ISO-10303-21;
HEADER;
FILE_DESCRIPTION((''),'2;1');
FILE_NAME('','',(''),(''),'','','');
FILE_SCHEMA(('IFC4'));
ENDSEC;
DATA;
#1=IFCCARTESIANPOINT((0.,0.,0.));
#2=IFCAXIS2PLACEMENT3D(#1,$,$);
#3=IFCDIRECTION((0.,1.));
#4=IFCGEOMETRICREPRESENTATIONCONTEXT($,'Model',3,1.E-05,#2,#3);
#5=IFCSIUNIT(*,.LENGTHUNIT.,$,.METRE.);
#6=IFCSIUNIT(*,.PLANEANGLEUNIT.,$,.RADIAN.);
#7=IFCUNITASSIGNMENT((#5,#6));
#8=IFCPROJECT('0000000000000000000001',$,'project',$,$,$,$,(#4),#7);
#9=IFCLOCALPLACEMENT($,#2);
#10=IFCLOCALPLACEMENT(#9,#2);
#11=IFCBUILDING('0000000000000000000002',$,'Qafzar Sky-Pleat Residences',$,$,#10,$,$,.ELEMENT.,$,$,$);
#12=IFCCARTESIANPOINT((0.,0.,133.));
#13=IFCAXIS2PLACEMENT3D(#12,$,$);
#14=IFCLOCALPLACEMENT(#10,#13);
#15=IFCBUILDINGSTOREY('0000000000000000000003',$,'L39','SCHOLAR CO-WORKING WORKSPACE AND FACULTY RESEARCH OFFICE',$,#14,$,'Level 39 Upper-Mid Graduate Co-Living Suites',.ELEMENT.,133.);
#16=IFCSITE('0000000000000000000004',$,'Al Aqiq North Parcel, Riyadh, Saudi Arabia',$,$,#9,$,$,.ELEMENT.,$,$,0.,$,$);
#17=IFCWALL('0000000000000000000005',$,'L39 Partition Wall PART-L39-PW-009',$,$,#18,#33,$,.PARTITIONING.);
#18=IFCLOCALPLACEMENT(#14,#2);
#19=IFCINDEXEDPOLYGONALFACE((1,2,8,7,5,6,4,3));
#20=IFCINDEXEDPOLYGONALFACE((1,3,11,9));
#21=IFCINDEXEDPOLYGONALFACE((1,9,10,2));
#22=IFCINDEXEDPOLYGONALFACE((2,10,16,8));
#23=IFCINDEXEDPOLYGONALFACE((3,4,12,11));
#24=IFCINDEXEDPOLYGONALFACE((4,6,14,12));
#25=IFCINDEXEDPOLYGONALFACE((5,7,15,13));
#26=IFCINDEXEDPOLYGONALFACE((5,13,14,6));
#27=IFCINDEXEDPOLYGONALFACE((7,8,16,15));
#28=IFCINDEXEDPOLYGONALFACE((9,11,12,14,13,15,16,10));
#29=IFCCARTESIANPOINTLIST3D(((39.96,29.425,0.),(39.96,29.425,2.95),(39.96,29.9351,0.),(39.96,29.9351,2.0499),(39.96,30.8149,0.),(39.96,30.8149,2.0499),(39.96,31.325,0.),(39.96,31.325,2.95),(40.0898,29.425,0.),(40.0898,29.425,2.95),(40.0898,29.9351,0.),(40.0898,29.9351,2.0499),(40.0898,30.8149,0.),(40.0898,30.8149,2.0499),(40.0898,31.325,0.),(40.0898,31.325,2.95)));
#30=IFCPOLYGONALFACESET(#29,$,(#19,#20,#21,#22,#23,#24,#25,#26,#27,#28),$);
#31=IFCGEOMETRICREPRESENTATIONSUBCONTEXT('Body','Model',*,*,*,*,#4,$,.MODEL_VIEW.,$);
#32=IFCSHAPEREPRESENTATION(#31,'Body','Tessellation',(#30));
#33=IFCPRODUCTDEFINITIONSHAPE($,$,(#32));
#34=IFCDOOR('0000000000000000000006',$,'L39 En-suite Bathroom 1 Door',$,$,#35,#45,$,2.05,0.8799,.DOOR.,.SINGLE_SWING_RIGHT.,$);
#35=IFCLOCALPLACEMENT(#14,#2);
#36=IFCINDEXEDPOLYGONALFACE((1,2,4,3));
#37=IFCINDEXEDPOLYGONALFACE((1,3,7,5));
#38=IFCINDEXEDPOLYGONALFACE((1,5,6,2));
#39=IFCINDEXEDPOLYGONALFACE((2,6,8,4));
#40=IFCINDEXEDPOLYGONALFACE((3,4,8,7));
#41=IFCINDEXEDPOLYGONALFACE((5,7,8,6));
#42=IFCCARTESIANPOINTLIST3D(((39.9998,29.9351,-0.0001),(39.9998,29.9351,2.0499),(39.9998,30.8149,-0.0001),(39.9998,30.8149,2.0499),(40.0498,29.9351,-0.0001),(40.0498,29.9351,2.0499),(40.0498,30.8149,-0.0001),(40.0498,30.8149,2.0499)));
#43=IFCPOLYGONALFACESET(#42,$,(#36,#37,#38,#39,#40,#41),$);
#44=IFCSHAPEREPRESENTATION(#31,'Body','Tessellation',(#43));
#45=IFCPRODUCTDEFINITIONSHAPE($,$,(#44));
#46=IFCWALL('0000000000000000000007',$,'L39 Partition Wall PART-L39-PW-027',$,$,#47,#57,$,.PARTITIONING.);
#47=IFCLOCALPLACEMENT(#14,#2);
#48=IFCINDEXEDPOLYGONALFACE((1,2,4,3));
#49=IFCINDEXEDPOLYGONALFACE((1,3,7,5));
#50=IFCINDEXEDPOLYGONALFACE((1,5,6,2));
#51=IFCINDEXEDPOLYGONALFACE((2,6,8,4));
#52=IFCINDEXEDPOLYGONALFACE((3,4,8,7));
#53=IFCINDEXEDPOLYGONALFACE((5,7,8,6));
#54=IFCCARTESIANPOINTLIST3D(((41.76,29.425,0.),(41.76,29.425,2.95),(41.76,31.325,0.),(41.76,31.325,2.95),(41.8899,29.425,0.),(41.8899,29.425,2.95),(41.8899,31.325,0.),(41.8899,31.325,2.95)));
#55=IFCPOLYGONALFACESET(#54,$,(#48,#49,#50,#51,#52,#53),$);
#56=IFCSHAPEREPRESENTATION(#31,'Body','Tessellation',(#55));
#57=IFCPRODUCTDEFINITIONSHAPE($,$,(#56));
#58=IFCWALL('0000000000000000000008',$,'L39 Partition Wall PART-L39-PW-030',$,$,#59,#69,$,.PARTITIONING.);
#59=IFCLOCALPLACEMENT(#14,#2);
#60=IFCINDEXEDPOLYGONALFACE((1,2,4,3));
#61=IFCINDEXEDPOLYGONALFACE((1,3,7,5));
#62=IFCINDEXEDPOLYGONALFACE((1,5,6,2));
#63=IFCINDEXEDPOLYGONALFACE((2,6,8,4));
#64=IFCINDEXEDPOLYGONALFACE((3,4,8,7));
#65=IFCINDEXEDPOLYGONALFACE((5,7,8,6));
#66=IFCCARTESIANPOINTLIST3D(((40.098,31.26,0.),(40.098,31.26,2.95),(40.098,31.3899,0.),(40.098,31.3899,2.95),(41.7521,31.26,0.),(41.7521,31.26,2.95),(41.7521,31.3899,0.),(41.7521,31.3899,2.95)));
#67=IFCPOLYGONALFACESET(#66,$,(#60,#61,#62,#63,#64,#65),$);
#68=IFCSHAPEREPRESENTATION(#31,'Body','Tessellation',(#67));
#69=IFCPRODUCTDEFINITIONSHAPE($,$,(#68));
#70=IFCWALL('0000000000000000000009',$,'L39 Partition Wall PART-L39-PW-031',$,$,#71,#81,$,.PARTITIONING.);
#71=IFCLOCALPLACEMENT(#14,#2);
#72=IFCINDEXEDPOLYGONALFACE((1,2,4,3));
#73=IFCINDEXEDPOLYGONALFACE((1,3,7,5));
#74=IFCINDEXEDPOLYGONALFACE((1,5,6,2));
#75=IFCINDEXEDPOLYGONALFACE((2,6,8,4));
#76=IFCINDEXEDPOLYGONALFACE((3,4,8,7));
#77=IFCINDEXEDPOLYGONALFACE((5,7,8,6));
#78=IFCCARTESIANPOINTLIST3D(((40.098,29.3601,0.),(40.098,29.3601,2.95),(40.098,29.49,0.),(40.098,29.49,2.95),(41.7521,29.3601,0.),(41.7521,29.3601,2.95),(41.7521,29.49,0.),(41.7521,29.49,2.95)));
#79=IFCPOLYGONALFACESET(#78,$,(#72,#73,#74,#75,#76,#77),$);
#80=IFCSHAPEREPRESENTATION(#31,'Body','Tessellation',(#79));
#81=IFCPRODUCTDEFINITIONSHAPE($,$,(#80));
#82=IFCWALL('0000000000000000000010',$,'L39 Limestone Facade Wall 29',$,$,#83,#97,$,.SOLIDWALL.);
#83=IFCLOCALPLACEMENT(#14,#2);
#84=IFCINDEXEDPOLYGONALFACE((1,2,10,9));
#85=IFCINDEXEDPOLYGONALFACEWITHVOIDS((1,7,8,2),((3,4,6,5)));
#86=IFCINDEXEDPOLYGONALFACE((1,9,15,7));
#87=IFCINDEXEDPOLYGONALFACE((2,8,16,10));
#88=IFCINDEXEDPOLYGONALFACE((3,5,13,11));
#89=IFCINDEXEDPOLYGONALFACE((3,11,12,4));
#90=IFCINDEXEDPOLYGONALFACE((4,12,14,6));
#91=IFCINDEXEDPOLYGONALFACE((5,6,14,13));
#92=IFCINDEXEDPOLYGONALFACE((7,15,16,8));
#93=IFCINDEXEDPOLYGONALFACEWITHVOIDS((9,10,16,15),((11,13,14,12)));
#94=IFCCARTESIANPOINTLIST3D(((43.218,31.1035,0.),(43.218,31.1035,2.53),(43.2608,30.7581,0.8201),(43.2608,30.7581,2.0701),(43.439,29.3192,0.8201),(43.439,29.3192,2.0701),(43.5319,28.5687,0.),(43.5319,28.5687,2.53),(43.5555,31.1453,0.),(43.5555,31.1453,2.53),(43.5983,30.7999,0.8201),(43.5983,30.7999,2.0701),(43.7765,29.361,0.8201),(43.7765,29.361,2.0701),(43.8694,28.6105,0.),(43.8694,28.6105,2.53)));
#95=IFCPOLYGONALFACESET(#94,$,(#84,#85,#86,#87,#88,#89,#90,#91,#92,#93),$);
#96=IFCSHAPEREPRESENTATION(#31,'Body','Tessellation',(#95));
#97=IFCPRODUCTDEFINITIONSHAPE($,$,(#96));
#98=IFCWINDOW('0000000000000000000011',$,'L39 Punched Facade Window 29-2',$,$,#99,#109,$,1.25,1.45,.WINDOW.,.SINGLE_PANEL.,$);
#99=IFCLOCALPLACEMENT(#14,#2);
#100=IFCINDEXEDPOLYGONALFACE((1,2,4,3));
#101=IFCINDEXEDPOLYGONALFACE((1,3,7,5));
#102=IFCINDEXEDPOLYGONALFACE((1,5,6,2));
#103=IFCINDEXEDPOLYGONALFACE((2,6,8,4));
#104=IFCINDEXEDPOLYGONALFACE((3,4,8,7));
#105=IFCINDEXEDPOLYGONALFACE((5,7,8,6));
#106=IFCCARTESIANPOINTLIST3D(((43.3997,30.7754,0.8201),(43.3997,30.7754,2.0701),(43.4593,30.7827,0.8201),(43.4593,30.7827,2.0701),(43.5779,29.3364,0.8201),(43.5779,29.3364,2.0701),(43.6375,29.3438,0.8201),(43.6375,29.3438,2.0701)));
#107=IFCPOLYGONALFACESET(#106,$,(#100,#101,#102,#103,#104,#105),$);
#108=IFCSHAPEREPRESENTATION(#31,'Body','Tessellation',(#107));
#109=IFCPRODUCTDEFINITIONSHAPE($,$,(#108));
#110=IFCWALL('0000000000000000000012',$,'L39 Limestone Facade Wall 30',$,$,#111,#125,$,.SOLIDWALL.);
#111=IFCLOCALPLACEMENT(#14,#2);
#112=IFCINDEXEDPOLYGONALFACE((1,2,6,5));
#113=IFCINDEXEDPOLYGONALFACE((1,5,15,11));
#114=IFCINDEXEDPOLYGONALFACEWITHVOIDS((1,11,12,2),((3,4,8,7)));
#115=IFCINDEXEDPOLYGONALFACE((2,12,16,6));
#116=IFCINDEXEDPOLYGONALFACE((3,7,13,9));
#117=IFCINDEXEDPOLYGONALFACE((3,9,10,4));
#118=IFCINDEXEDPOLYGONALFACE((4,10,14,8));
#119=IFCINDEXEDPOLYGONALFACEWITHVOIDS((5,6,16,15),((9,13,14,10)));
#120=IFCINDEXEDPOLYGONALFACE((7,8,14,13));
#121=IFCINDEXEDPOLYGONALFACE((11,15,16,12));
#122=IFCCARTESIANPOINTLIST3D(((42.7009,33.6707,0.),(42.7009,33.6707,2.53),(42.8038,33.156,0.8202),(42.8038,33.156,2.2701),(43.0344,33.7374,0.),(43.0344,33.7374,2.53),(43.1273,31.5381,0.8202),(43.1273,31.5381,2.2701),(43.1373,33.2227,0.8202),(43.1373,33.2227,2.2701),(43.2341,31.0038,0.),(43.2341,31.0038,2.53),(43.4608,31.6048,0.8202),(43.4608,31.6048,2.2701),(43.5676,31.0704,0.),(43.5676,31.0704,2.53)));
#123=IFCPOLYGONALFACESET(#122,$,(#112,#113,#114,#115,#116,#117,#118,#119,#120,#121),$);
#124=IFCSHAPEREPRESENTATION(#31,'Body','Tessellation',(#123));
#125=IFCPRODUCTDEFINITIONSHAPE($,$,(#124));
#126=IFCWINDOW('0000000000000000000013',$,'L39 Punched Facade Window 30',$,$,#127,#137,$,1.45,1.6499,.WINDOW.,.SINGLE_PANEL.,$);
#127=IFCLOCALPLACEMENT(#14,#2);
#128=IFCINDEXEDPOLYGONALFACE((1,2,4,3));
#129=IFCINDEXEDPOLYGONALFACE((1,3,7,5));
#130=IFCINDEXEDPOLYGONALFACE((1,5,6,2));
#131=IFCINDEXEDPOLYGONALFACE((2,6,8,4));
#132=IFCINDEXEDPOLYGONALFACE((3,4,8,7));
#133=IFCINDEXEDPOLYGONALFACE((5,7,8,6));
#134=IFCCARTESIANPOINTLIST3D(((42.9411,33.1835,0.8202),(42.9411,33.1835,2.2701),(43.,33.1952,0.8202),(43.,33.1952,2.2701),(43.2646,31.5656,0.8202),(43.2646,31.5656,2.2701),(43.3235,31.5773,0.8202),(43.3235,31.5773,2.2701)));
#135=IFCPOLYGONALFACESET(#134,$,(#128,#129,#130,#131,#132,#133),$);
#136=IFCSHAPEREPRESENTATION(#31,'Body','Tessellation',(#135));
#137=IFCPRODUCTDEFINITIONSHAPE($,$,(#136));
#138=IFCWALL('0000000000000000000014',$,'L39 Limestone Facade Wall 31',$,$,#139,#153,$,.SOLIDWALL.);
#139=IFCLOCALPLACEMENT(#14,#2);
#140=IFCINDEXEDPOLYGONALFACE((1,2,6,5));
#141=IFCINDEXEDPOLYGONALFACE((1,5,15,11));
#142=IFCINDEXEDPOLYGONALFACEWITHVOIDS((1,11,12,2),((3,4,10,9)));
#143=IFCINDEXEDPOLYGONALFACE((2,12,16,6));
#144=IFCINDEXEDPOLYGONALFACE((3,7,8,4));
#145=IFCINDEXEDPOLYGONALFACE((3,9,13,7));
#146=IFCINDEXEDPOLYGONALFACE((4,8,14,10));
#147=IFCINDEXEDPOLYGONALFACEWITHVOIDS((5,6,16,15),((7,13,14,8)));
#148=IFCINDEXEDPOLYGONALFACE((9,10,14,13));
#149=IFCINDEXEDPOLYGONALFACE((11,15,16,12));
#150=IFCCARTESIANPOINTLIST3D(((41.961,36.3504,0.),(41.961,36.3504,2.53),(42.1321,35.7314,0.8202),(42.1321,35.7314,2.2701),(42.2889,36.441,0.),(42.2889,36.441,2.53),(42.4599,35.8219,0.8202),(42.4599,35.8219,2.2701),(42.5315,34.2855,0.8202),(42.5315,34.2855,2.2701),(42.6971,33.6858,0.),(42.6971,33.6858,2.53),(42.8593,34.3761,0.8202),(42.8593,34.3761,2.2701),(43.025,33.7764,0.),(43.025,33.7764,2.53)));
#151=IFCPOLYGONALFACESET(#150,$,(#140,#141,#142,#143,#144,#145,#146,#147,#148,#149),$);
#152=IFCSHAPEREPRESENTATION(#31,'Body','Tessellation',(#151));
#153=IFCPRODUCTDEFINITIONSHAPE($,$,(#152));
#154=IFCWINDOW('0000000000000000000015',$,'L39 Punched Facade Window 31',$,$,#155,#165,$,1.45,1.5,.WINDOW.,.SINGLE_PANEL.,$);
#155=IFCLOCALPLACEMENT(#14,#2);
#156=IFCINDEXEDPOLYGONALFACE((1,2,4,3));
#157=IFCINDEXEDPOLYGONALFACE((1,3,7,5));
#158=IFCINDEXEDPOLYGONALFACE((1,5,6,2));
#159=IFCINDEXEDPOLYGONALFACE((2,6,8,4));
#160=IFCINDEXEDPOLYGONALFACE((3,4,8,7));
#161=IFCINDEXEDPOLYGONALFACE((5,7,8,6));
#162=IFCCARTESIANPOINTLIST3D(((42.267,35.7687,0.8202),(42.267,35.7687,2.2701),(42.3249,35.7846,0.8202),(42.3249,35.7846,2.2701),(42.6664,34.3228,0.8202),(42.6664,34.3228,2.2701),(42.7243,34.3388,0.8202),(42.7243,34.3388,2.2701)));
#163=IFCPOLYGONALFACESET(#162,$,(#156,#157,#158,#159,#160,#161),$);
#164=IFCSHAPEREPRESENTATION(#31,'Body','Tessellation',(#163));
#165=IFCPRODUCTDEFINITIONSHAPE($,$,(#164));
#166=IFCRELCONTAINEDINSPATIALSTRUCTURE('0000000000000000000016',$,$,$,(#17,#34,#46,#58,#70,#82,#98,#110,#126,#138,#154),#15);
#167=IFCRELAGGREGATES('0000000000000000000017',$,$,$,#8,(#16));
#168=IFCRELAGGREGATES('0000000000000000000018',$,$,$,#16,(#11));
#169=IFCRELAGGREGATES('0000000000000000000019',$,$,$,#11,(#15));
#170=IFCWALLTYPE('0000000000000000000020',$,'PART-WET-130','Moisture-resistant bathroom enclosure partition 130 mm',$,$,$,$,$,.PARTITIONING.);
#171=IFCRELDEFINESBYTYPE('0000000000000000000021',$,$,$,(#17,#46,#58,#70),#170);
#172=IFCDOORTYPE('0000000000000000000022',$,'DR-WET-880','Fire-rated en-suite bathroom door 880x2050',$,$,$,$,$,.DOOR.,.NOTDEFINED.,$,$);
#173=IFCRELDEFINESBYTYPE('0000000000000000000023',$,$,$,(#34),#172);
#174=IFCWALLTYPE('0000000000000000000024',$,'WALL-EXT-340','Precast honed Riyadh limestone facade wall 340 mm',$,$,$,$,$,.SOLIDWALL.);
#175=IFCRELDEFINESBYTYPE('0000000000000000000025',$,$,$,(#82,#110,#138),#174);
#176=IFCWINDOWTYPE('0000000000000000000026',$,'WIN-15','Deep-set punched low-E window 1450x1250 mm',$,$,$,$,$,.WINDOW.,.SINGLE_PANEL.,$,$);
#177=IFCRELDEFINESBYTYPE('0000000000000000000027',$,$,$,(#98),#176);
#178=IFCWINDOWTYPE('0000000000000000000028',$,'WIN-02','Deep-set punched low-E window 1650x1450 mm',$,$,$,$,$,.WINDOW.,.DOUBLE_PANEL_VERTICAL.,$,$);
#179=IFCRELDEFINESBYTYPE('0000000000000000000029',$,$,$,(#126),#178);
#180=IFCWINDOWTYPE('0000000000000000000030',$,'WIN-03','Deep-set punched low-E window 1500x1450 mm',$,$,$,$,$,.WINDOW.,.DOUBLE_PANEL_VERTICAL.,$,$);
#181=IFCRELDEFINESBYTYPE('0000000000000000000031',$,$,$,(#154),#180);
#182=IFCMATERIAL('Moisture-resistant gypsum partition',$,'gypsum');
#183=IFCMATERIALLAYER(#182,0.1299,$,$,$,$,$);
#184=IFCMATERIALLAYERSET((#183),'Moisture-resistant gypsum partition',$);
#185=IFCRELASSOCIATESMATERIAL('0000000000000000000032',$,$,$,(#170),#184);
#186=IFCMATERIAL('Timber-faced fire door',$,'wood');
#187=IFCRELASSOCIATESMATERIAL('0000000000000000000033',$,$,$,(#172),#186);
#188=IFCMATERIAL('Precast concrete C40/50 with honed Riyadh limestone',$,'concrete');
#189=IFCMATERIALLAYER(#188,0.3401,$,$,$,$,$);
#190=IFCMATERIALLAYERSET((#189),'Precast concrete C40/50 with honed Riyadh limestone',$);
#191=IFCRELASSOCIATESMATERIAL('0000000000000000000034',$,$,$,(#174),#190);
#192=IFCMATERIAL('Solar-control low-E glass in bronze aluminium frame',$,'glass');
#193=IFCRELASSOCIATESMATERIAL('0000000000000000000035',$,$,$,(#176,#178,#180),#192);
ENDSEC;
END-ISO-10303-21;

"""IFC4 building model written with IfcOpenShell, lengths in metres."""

from ifc_helpers import new_model, si_unit, direction, frame, frame_2d, origin, place, context, subcontext, project, spatial, rectangle, extrude, source, transform, mapped, material, layer, layer_set, type_object, element, fill, save


model = new_model("IFC4")

# Units and contexts
model_context = context("Model", 3, precision=1e-05, world=origin(), true_north=direction((0.0, 1.0)))
body_context = subcontext(model_context, "Body", "Model", "MODEL_VIEW")
ifc_project = project(units=[si_unit("LENGTHUNIT", "METRE"), si_unit("PLANEANGLEUNIT", "RADIAN")], contexts=[model_context])

# Site, building, storey
site_placement = place(None, origin())
site = spatial("IfcSite", under=ifc_project, at=site_placement, Name="Al Aqiq North Parcel, Riyadh, Saudi Arabia", CompositionType="ELEMENT", RefElevation=0.0)
building_placement = place(site_placement, origin())
building = spatial("IfcBuilding", under=site, at=building_placement, Name="Qafzar Sky-Pleat Residences", CompositionType="ELEMENT")
storey_placement = place(building_placement, frame((0.0, 0.0, 133.0)))
storey = spatial("IfcBuildingStorey", under=building, at=storey_placement, Name="L39", Description="SCHOLAR CO-WORKING WORKSPACE AND FACULTY RESEARCH OFFICE", LongName="Level 39 Upper-Mid Graduate Co-Living Suites", CompositionType="ELEMENT", Elevation=133.0)

# Wall, opening, door
ifc_material_1 = material(Name="Moisture-resistant gypsum partition", Category="gypsum")
ifc_layer_1 = layer(ifc_material_1, 0.1299)
ifc_layer_set_1 = layer_set([ifc_layer_1], Name="Moisture-resistant gypsum partition")
wall_type_1 = type_object("IfcWallType", Name="PART-WET-130", Description="Moisture-resistant bathroom enclosure partition 130 mm", PredefinedType="PARTITIONING", material=ifc_layer_set_1)
wall_1_placement = place(storey_placement, frame((40.0249, 31.325, 0.0), z_axis=(0.0, 0.0, 1.0), x_axis=(0.0, -1.0, 0.0)))
wall_1 = element("IfcWall", 1, at=wall_1_placement, inside=storey, type_object=wall_type_1, Name="L39 Partition Wall PART-L39-PW-009", PredefinedType="PARTITIONING", context=body_context, shape_type="SweptSolid", body=[
    extrude(rectangle(XDim=1.8999, YDim=0.1299, at=frame_2d((0.95, 0.0))), origin(), (0.0, 0.0, 1.0), 2.95),
])
opening_1_placement = place(wall_1_placement, frame((0.51, 0.0, 0.0)))
opening_1 = element("IfcOpeningElement", 2, at=opening_1_placement, cuts=wall_1, PredefinedType="OPENING", context=body_context, shape_type="SweptSolid", body=[
    extrude(rectangle(XDim=0.8799, YDim=2.05, at=frame_2d((0.4399, 1.0249))), frame((0.0, 0.075, 0.0), z_axis=(0.0, -1.0, 0.0), x_axis=(1.0, 0.0, 0.0)), (0.0, 0.0, 1.0), 0.1499),
])
ifc_material_2 = material(Name="Timber-faced fire door", Category="wood")
door_type = type_object("IfcDoorType", Name="DR-WET-880", Description="Fire-rated en-suite bathroom door 880x2050", OperationType="NOTDEFINED", PredefinedType="DOOR", material=ifc_material_2)
shared_shape_1 = source(origin(), body_context, "Body", "SweptSolid", [
    extrude(rectangle(XDim=0.8799, YDim=2.05, at=frame_2d((0.4399, 1.0249))), frame((0.0, 0.0249, 0.0), z_axis=(0.0, -1.0, 0.0), x_axis=(1.0, 0.0, 0.0)), (0.0, 0.0, 1.0), 0.05),
])
door_placement = place(opening_1_placement, origin())
door = element("IfcDoor", 3, at=door_placement, inside=storey, type_object=door_type, Name="L39 En-suite Bathroom 1 Door", OperationType="SINGLE_SWING_RIGHT", OverallHeight=2.05, OverallWidth=0.8799, PredefinedType="DOOR", context=body_context, shape_type="MappedRepresentation", body=[
    mapped(shared_shape_1, transform((0.0, 0.0, 0.0), x_axis=(1.0, 0.0, 0.0), y_axis=(0.0, 1.0, 0.0), z_axis=(0.0, 0.0, 1.0), scale=1.0)),
])
fill(opening_1, door)

# Walls
wall_2_placement = place(storey_placement, frame((41.825, 29.425, 0.0), z_axis=(0.0, 0.0, 1.0), x_axis=(0.0, 1.0, 0.0)))
element("IfcWall", 4, at=wall_2_placement, inside=storey, type_object=wall_type_1, Name="L39 Partition Wall PART-L39-PW-027", PredefinedType="PARTITIONING", context=body_context, shape_type="SweptSolid", body=[
    extrude(rectangle(XDim=1.8999, YDim=0.1299, at=frame_2d((0.95, 0.0))), origin(), (0.0, 0.0, 1.0), 2.95),
])
for number, where, z_axis, x_axis, name in (
    (5, (40.0979, 31.325, 0.0), (0.0, 0.0, 1.0), (1.0, 0.0, 0.0), "L39 Partition Wall PART-L39-PW-030"),
    (6, (40.0979, 29.425, 0.0), (0.0, 0.0, 1.0), (1.0, 0.0, 0.0), "L39 Partition Wall PART-L39-PW-031"),
):
    element("IfcWall", number, at=place(storey_placement, frame(where, z_axis=z_axis, x_axis=x_axis)), inside=storey, type_object=wall_type_1, Name=name, PredefinedType="PARTITIONING", context=body_context, shape_type="SweptSolid", body=[
        extrude(rectangle(XDim=1.6541, YDim=0.1299, at=frame_2d((0.8271, 0.0))), origin(), (0.0, 0.0, 1.0), 2.95),
    ])

# Walls, openings, windows
ifc_material_3 = material(Name="Precast concrete C40/50 with honed Riyadh limestone", Category="concrete")
ifc_layer_2 = layer(ifc_material_3, 0.3401)
ifc_layer_set_2 = layer_set([ifc_layer_2], Name="Precast concrete C40/50 with honed Riyadh limestone")
wall_type_2 = type_object("IfcWallType", Name="WALL-EXT-340", Description="Precast honed Riyadh limestone facade wall 340 mm", PredefinedType="SOLIDWALL", material=ifc_layer_set_2)
wall_3_placement = place(storey_placement, frame((43.7007, 28.5896, 0.0), z_axis=(0.0, 0.0, 1.0), x_axis=(-0.122917, 0.992417, 0.0)))
wall_3 = element("IfcWall", 7, at=wall_3_placement, inside=storey, type_object=wall_type_2, Name="L39 Limestone Facade Wall 29", PredefinedType="SOLIDWALL", context=body_context, shape_type="SweptSolid", body=[
    extrude(rectangle(XDim=2.5542, YDim=0.3401, at=frame_2d((1.2771, 0.0))), origin(), (0.0, 0.0, 1.0), 2.53),
])
opening_2_placement = place(wall_3_placement, frame((0.7561, 0.0, 0.8201)))
opening_2 = element("IfcOpeningElement", 8, at=opening_2_placement, cuts=wall_3, PredefinedType="OPENING", context=body_context, shape_type="SweptSolid", body=[
    extrude(rectangle(XDim=1.45, YDim=1.25, at=frame_2d((0.7251, 0.625))), frame((0.0, 0.1802, 0.0), z_axis=(0.0, -1.0, 0.0), x_axis=(1.0, 0.0, 0.0)), (0.0, 0.0, 1.0), 0.3601),
])
ifc_material_4 = material(Name="Solar-control low-E glass in bronze aluminium frame", Category="glass")
window_type_1 = type_object("IfcWindowType", Name="WIN-15", Description="Deep-set punched low-E window 1450x1250 mm", PartitioningType="SINGLE_PANEL", PredefinedType="WINDOW", material=ifc_material_4)
shared_shape_2 = source(origin(), body_context, "Body", "SweptSolid", [
    extrude(rectangle(XDim=1.45, YDim=1.25, at=frame_2d((0.7251, 0.625))), frame((0.0, 0.03, 0.0), z_axis=(0.0, -1.0, 0.0), x_axis=(1.0, 0.0, 0.0)), (0.0, 0.0, 1.0), 0.0601),
])
window_1_placement = place(opening_2_placement, origin())
window_1 = element("IfcWindow", 9, at=window_1_placement, inside=storey, type_object=window_type_1, Name="L39 Punched Facade Window 29-2", OverallHeight=1.25, OverallWidth=1.45, PartitioningType="SINGLE_PANEL", PredefinedType="WINDOW", context=body_context, shape_type="MappedRepresentation", body=[
    mapped(shared_shape_2, transform((0.0, 0.0, 0.0), x_axis=(1.0, 0.0, 0.0), y_axis=(0.0, 1.0, 0.0), z_axis=(0.0, 0.0, 1.0), scale=1.0)),
])
fill(opening_2, window_1)
wall_4_placement = place(storey_placement, frame((43.4009, 31.0371, 0.0), z_axis=(0.0, 0.0, 1.0), x_axis=(-0.196047, 0.980594, 0.0)))
wall_4 = element("IfcWall", 10, at=wall_4_placement, inside=storey, type_object=wall_type_2, Name="L39 Limestone Facade Wall 30", PredefinedType="SOLIDWALL", context=body_context, shape_type="SweptSolid", body=[
    extrude(rectangle(XDim=2.7197, YDim=0.3401, at=frame_2d((1.3599, 0.0))), origin(), (0.0, 0.0, 1.0), 2.53),
])
opening_3_placement = place(wall_4_placement, frame((0.5449, 0.0, 0.8201)))
opening_3 = element("IfcOpeningElement", 11, at=opening_3_placement, cuts=wall_4, PredefinedType="OPENING", context=body_context, shape_type="SweptSolid", body=[
    extrude(rectangle(XDim=1.6499, YDim=1.45, at=frame_2d((0.825, 0.7251))), frame((0.0, 0.1802, 0.0), z_axis=(0.0, -1.0, 0.0), x_axis=(1.0, 0.0, 0.0)), (0.0, 0.0, 1.0), 0.3601),
])
window_type_2 = type_object("IfcWindowType", Name="WIN-02", Description="Deep-set punched low-E window 1650x1450 mm", PartitioningType="DOUBLE_PANEL_VERTICAL", PredefinedType="WINDOW", material=ifc_material_4)
shared_shape_3 = source(origin(), body_context, "Body", "SweptSolid", [
    extrude(rectangle(XDim=1.6499, YDim=1.45, at=frame_2d((0.825, 0.7251))), frame((0.0, 0.03, 0.0), z_axis=(0.0, -1.0, 0.0), x_axis=(1.0, 0.0, 0.0)), (0.0, 0.0, 1.0), 0.0601),
])
window_2_placement = place(opening_3_placement, origin())
window_2 = element("IfcWindow", 12, at=window_2_placement, inside=storey, type_object=window_type_2, Name="L39 Punched Facade Window 30", OverallHeight=1.45, OverallWidth=1.6499, PartitioningType="SINGLE_PANEL", PredefinedType="WINDOW", context=body_context, shape_type="MappedRepresentation", body=[
    mapped(shared_shape_3, transform((0.0, 0.0, 0.0), x_axis=(1.0, 0.0, 0.0), y_axis=(0.0, 1.0, 0.0), z_axis=(0.0, 0.0, 1.0), scale=1.0)),
])
fill(opening_3, window_2)
wall_5_placement = place(storey_placement, frame((42.8611, 33.731, 0.0), z_axis=(0.0, 0.0, 1.0), x_axis=(-0.266277, 0.963897, 0.0)))
wall_5 = element("IfcWall", 13, at=wall_5_placement, inside=storey, type_object=wall_type_2, Name="L39 Limestone Facade Wall 31", PredefinedType="SOLIDWALL", context=body_context, shape_type="SweptSolid", body=[
    extrude(rectangle(XDim=2.7644, YDim=0.3401, at=frame_2d((1.3823, 0.0))), origin(), (0.0, 0.0, 1.0), 2.53),
])
opening_4_placement = place(wall_5_placement, frame((0.6223, 0.0, 0.8201)))
opening_4 = element("IfcOpeningElement", 14, at=opening_4_placement, cuts=wall_5, PredefinedType="OPENING", context=body_context, shape_type="SweptSolid", body=[
    extrude(rectangle(XDim=1.5, YDim=1.45, at=frame_2d((0.75, 0.7251))), frame((0.0, 0.1802, 0.0), z_axis=(0.0, -1.0, 0.0), x_axis=(1.0, 0.0, 0.0)), (0.0, 0.0, 1.0), 0.3601),
])
window_type_3 = type_object("IfcWindowType", Name="WIN-03", Description="Deep-set punched low-E window 1500x1450 mm", PartitioningType="DOUBLE_PANEL_VERTICAL", PredefinedType="WINDOW", material=ifc_material_4)
shared_shape_4 = source(origin(), body_context, "Body", "SweptSolid", [
    extrude(rectangle(XDim=1.5, YDim=1.45, at=frame_2d((0.75, 0.7251))), frame((0.0, 0.03, 0.0), z_axis=(0.0, -1.0, 0.0), x_axis=(1.0, 0.0, 0.0)), (0.0, 0.0, 1.0), 0.0601),
])
window_3_placement = place(opening_4_placement, origin())
window_3 = element("IfcWindow", 15, at=window_3_placement, inside=storey, type_object=window_type_3, Name="L39 Punched Facade Window 31", OverallHeight=1.45, OverallWidth=1.5, PartitioningType="SINGLE_PANEL", PredefinedType="WINDOW", context=body_context, shape_type="MappedRepresentation", body=[
    mapped(shared_shape_4, transform((0.0, 0.0, 0.0), x_axis=(1.0, 0.0, 0.0), y_axis=(0.0, 1.0, 0.0), z_axis=(0.0, 0.0, 1.0), scale=1.0)),
])
fill(opening_4, window_3)

save(model, "model.ifc")
